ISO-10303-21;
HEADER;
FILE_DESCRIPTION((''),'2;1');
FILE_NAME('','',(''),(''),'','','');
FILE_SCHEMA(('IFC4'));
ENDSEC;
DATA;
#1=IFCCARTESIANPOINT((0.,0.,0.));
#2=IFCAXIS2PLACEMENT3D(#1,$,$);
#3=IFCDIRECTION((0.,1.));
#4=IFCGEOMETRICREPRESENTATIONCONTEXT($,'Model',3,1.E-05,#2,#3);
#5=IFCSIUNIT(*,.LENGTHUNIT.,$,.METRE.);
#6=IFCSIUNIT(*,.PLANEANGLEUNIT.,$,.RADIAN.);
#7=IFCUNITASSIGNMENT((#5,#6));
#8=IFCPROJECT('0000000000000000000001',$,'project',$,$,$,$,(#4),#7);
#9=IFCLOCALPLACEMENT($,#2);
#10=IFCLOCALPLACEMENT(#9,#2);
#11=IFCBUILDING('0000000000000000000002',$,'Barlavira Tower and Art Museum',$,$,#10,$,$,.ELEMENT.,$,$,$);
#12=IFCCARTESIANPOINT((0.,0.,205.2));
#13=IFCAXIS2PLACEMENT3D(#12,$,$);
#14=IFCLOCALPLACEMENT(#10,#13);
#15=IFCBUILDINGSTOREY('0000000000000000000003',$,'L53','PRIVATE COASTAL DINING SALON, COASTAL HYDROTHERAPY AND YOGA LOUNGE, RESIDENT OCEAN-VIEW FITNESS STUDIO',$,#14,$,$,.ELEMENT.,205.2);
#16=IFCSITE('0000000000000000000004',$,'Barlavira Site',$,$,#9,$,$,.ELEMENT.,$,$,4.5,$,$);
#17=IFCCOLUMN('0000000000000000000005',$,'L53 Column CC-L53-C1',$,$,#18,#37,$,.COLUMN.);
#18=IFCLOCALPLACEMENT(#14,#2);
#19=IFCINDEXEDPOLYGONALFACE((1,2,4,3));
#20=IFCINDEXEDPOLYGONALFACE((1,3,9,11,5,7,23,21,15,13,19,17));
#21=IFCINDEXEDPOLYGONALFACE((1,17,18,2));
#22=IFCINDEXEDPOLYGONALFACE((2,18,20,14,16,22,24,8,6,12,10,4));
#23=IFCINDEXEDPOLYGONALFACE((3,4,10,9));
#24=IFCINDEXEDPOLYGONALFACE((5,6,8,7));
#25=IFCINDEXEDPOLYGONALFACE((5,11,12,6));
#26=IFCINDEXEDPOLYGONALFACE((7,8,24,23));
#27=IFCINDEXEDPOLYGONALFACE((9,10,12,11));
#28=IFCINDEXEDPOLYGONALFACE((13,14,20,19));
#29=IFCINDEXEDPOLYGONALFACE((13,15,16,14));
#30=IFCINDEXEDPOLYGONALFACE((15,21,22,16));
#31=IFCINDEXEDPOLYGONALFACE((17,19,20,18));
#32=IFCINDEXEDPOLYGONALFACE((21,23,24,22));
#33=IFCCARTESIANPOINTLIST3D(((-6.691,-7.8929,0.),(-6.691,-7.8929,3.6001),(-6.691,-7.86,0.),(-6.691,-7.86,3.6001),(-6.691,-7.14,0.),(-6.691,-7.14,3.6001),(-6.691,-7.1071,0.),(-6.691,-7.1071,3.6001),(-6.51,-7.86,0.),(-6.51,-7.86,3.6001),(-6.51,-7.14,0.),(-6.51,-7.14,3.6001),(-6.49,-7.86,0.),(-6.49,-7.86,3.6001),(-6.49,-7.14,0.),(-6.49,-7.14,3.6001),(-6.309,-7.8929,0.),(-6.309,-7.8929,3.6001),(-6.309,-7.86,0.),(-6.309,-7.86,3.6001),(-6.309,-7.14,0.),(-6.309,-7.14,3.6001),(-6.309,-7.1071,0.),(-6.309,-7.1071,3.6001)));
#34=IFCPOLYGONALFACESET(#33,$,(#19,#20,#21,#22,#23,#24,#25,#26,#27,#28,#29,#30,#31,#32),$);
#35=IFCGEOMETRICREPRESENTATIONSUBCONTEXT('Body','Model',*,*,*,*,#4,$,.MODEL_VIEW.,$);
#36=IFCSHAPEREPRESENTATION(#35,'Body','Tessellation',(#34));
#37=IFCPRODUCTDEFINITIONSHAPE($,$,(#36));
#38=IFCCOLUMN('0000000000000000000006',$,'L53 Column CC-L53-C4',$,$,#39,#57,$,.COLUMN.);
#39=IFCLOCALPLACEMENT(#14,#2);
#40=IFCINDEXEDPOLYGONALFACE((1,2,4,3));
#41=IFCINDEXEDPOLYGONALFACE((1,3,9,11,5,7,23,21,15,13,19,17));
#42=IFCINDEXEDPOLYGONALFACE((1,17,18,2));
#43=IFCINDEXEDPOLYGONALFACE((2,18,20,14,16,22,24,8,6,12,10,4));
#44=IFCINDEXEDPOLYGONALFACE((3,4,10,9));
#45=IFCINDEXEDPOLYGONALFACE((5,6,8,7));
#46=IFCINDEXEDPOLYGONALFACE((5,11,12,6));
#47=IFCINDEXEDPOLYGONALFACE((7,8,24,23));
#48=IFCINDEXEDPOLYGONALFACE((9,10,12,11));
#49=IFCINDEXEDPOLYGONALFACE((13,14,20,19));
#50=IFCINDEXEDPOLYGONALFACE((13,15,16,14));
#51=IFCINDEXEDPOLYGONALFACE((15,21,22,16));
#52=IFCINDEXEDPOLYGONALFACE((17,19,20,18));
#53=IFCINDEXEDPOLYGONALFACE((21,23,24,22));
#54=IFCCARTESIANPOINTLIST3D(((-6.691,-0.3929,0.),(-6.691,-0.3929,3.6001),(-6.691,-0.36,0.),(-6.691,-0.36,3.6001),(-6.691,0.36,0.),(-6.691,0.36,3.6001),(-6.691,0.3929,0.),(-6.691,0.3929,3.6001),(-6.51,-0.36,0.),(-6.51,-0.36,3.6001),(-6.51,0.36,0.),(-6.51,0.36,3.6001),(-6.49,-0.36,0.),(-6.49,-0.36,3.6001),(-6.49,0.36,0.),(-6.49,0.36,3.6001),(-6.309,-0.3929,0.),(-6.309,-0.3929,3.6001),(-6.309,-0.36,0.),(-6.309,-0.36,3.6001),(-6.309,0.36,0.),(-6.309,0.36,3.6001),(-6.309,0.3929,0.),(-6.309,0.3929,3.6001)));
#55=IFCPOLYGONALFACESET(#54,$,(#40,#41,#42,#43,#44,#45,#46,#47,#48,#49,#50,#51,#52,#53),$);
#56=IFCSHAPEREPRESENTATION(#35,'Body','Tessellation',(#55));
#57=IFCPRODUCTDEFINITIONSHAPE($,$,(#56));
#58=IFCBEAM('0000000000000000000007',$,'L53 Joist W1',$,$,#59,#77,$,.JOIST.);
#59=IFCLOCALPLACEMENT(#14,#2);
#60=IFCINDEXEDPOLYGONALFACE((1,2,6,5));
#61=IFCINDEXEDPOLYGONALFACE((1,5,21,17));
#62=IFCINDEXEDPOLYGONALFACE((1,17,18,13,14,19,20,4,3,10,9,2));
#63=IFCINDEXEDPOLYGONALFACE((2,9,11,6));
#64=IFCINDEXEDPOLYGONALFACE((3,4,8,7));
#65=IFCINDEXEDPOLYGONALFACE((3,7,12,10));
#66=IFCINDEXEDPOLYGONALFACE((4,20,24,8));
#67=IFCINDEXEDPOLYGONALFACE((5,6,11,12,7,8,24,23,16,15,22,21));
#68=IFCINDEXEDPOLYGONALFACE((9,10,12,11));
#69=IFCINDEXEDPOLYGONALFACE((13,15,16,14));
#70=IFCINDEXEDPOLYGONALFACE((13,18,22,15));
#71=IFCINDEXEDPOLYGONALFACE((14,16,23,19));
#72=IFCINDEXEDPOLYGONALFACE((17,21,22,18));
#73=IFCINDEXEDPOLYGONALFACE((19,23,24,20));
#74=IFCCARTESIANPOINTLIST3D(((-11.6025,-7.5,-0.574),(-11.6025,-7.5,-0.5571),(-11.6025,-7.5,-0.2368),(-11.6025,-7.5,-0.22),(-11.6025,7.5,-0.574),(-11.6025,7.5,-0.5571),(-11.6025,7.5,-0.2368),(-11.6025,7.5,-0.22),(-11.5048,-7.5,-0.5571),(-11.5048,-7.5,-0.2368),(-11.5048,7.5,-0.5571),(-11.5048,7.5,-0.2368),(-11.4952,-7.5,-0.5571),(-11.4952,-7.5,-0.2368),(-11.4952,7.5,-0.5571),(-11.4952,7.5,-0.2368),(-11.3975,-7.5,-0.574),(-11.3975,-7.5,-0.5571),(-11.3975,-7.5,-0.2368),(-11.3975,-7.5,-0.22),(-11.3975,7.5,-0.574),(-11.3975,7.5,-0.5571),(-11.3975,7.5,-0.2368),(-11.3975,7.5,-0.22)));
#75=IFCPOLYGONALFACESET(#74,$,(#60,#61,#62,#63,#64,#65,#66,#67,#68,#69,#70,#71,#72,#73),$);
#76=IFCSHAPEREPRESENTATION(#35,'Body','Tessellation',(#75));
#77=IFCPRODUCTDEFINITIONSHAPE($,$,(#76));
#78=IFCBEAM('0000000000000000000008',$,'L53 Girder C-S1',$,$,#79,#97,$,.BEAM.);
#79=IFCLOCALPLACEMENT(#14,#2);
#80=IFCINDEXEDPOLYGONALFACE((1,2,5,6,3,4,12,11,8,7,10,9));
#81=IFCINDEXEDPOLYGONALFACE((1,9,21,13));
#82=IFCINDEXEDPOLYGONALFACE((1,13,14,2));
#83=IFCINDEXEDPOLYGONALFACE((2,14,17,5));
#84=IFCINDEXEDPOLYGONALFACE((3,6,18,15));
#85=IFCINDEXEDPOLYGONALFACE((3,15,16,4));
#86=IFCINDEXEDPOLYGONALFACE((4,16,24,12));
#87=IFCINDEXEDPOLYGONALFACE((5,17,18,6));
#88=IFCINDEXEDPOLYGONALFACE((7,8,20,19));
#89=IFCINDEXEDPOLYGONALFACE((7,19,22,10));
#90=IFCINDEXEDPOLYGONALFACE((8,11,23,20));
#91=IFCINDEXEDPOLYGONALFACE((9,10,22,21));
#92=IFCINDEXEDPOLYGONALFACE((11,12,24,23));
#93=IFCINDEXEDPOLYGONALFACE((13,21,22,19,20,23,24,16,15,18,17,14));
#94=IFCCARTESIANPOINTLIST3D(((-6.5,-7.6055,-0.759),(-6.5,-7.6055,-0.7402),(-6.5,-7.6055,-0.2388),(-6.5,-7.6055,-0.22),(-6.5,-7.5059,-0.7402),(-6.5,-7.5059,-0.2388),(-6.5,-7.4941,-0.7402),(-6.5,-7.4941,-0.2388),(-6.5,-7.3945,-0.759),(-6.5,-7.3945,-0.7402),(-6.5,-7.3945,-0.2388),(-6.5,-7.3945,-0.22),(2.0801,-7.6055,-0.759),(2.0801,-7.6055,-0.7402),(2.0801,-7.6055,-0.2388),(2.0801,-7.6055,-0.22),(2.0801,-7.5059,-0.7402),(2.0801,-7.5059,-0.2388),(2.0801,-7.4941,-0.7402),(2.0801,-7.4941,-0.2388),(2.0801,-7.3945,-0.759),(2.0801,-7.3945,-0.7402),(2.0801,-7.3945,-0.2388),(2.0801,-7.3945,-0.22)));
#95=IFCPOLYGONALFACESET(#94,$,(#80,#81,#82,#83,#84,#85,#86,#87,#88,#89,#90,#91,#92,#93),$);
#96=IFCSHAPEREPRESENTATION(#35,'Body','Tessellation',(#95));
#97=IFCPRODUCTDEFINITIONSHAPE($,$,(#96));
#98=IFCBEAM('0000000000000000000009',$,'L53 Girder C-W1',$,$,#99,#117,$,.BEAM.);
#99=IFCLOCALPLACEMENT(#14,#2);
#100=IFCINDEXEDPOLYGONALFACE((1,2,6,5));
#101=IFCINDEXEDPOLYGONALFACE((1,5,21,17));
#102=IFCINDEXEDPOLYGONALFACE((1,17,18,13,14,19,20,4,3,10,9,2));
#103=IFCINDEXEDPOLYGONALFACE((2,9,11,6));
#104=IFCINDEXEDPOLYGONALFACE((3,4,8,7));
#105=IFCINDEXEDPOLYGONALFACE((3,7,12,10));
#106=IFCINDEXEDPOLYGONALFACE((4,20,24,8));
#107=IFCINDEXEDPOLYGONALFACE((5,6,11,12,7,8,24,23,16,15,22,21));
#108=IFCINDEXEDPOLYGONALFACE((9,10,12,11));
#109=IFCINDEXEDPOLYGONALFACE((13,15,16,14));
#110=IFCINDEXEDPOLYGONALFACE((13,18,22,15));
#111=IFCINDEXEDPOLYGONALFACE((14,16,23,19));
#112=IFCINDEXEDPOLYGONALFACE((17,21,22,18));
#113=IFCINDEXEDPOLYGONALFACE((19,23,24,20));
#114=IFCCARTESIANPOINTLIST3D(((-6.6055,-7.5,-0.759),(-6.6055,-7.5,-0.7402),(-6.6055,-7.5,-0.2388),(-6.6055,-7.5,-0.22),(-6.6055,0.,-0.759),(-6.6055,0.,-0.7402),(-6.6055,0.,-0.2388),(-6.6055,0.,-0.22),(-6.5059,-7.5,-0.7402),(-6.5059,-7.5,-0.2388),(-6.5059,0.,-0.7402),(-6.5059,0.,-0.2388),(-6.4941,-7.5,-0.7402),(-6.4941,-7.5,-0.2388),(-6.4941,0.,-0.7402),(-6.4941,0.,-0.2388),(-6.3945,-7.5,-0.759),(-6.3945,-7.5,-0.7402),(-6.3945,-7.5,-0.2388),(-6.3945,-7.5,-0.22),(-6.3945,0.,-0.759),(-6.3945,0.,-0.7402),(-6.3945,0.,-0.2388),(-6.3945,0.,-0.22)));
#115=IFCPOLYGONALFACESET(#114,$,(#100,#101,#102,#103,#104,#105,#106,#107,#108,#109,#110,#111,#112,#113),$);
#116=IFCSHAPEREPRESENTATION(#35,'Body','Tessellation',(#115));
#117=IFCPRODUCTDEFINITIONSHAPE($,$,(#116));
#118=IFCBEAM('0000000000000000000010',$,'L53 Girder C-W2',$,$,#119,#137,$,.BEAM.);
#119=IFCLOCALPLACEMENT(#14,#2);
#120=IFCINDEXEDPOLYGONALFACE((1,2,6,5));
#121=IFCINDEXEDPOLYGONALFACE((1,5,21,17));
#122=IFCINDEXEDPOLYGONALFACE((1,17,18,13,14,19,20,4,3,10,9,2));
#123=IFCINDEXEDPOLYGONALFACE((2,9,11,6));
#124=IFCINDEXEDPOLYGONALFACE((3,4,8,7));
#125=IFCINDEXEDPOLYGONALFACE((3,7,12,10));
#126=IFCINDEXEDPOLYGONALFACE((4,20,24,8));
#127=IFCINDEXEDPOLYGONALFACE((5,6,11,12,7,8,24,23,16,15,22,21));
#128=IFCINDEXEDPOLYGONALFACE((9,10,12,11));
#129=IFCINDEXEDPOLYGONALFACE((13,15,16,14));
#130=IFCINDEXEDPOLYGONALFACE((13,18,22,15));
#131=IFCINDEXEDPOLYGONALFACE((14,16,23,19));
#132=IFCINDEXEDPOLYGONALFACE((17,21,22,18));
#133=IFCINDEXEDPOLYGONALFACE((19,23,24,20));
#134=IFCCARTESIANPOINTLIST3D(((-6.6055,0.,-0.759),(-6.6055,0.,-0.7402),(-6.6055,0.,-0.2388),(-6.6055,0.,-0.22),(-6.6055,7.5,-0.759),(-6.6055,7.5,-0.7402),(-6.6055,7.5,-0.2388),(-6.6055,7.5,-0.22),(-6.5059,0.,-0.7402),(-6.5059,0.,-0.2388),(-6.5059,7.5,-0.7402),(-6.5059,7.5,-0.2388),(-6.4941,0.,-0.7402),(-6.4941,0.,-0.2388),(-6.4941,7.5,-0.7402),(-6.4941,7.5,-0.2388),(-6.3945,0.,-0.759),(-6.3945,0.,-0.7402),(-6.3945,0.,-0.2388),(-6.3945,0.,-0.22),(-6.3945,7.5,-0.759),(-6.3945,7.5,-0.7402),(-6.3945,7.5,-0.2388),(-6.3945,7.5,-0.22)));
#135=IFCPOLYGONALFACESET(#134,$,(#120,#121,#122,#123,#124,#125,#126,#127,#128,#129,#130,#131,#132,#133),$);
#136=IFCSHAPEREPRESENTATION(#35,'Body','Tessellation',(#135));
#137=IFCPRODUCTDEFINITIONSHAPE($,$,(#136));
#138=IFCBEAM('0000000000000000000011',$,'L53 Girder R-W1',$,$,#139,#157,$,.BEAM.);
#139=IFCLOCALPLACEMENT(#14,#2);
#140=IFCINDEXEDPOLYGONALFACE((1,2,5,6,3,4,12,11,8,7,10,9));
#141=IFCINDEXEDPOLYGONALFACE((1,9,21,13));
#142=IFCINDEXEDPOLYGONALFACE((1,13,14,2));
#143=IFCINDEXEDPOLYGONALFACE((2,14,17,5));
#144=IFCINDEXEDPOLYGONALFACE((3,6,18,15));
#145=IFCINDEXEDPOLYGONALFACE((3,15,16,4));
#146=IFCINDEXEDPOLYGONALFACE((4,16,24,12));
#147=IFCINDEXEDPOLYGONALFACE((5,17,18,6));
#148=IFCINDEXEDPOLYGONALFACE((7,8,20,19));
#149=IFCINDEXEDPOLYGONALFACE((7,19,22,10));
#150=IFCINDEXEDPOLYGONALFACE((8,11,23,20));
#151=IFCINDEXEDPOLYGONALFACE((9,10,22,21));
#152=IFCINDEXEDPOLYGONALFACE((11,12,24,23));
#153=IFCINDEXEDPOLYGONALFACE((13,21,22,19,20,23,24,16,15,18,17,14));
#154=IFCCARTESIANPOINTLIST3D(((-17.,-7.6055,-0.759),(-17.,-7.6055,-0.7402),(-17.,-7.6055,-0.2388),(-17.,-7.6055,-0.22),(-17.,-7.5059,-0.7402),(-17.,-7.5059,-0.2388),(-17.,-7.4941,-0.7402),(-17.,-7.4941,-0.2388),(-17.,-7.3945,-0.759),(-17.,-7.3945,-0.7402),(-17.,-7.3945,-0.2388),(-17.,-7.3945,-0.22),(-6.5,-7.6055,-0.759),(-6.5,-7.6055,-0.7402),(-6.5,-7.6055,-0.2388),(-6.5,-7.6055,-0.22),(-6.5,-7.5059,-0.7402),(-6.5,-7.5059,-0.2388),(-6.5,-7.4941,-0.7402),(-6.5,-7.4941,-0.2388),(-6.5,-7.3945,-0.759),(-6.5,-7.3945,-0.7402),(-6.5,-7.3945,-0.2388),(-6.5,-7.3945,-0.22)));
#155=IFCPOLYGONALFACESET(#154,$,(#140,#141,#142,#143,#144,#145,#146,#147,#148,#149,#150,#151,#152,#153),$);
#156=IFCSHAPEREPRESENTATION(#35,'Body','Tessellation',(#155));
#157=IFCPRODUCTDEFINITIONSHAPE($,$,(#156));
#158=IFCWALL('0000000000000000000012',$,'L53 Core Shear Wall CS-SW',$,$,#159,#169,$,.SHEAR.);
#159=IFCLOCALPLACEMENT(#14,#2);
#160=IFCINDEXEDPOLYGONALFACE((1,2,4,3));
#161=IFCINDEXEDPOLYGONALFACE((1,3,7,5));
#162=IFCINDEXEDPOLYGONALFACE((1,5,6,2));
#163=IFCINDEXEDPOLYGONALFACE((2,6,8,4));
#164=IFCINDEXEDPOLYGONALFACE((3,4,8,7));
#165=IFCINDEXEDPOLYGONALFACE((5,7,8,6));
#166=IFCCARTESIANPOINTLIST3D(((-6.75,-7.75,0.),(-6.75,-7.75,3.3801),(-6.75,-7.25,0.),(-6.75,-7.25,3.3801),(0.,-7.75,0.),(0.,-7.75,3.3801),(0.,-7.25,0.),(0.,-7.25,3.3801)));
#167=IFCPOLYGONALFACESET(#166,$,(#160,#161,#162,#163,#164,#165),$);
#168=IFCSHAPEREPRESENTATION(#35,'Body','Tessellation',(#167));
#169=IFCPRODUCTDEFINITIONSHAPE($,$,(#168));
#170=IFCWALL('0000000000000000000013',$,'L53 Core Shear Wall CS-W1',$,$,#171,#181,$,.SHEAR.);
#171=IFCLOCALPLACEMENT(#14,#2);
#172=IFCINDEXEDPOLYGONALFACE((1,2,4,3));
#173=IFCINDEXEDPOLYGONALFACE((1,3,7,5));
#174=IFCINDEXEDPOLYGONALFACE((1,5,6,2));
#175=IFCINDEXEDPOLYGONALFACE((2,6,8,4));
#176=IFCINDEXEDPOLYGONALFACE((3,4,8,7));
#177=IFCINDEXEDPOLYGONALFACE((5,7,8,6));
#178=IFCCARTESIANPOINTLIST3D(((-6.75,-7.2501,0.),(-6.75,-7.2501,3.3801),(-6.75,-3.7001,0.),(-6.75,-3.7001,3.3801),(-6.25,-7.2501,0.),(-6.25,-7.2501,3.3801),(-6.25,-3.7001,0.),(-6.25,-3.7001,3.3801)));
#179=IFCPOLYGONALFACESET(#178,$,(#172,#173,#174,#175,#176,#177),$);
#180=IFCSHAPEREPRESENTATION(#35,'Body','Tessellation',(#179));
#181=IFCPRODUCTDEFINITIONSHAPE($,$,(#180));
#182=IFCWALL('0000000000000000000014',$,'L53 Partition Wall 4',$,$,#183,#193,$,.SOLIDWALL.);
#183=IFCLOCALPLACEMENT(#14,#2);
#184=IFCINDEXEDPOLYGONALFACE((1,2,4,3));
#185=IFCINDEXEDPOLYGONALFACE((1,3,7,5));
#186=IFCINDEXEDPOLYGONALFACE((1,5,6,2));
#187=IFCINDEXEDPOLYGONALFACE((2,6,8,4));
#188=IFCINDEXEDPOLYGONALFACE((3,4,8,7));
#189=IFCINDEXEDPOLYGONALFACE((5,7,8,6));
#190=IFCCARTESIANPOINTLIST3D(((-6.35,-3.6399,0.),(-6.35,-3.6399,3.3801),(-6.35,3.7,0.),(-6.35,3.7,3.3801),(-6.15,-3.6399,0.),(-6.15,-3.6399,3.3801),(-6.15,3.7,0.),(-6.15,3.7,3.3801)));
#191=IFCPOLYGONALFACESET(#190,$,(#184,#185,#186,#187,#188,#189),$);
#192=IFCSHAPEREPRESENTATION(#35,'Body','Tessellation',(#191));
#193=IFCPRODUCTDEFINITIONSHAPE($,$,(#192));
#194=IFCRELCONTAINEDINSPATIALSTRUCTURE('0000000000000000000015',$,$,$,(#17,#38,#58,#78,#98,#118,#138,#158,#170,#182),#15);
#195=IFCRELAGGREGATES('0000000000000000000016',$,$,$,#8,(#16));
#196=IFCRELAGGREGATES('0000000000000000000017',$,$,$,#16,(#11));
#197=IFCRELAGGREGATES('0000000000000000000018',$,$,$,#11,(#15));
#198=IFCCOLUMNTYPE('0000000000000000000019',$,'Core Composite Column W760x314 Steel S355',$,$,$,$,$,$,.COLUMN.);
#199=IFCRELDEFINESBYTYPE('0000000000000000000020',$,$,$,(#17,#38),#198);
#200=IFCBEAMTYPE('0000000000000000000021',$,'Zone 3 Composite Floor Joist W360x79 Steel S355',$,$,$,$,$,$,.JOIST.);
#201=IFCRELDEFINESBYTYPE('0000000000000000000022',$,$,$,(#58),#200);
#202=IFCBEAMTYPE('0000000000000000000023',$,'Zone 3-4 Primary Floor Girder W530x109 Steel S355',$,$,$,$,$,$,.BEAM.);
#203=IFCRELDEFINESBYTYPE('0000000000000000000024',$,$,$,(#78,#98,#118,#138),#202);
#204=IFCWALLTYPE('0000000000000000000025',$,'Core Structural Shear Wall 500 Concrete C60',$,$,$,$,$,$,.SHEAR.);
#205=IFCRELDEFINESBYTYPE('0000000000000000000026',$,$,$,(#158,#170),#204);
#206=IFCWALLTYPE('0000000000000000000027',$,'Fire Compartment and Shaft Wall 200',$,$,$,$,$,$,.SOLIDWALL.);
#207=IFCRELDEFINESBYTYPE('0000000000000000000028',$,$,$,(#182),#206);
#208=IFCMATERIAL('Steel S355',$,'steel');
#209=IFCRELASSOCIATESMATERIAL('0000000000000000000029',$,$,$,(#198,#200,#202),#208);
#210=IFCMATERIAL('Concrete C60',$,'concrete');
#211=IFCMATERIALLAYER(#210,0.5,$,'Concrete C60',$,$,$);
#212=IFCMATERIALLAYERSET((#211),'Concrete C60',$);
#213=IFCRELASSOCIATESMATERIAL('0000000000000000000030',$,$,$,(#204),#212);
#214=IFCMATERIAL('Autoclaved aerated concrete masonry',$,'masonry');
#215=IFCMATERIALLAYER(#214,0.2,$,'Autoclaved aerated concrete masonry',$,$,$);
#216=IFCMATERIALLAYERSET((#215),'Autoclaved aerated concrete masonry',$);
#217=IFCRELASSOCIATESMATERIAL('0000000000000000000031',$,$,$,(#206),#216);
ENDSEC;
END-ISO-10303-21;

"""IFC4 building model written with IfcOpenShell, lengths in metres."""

from ifc_helpers import new_model, si_unit, direction, frame, frame_2d, origin, origin_2d, place, context, subcontext, project, spatial, rectangle, i_section, extrude, material, layer, layer_set, material_profile, profile_set, type_object, element, save


model = new_model("IFC4")

# Units and contexts
model_context = context("Model", 3, precision=1e-05, world=origin(), true_north=direction((0.0, 1.0)))
body_context = subcontext(model_context, "Body", "Model", "MODEL_VIEW")
ifc_project = project(units=[si_unit("LENGTHUNIT", "METRE"), si_unit("PLANEANGLEUNIT", "RADIAN")], contexts=[model_context])

# Site, building, storey
site_placement = place(None, origin())
site = spatial("IfcSite", under=ifc_project, at=site_placement, Name="Barlavira Site", CompositionType="ELEMENT", RefElevation=4.5)
building_placement = place(site_placement, origin())
building = spatial("IfcBuilding", under=site, at=building_placement, Name="Barlavira Tower and Art Museum", CompositionType="ELEMENT")
storey_placement = place(building_placement, frame((0.0, 0.0, 205.2)))
storey = spatial("IfcBuildingStorey", under=building, at=storey_placement, Name="L53", Description="PRIVATE COASTAL DINING SALON, COASTAL HYDROTHERAPY AND YOGA LOUNGE, RESIDENT OCEAN-VIEW FITNESS STUDIO", CompositionType="ELEMENT", Elevation=205.2)

# Columns
ifc_material_1 = material(Name="Steel S355", Category="steel")
ifc_material_profile_1 = material_profile(ifc_material_1, i_section(OverallWidth=0.3821, OverallDepth=0.7859, WebThickness=0.02, FlangeThickness=0.033, at=origin_2d()), Name="W760x314.0")
ifc_profile_set_1 = profile_set([ifc_material_profile_1], Name="Steel S355")
column_type = type_object("IfcColumnType", Name="Core Composite Column W760x314 Steel S355", PredefinedType="COLUMN", material=ifc_profile_set_1)
for number, where, z_axis, x_axis, name in (
    (1, (-6.5, -7.5, 0.0), (0.0, 0.0, 1.0), (1.0, 0.0, 0.0), "L53 Column CC-L53-C1"),
    (2, (-6.5, 0.0, 0.0), (0.0, 0.0, 1.0), (1.0, 0.0, 0.0), "L53 Column CC-L53-C4"),
):
    element("IfcColumn", number, at=place(storey_placement, frame(where, z_axis=z_axis, x_axis=x_axis)), inside=storey, type_object=column_type, Name=name, PredefinedType="COLUMN", context=body_context, shape_type="SweptSolid", body=[
        extrude(i_section(OverallWidth=0.3821, OverallDepth=0.7859, WebThickness=0.02, FlangeThickness=0.033, at=origin_2d()), origin(), (0.0, 0.0, 1.0), 3.6001),
    ])

# Beams
ifc_material_profile_2 = material_profile(ifc_material_1, i_section(OverallWidth=0.2051, OverallDepth=0.354, WebThickness=0.0095, FlangeThickness=0.0168, at=origin_2d()), Name="W360x79.0")
ifc_profile_set_2 = profile_set([ifc_material_profile_2], Name="Steel S355")
beam_type_1 = type_object("IfcBeamType", Name="Zone 3 Composite Floor Joist W360x79 Steel S355", PredefinedType="JOIST", material=ifc_profile_set_2)
beam_1_placement = place(storey_placement, frame((-11.5, -7.5, -0.397), z_axis=(0.0, 1.0, 0.0), x_axis=(-1.0, 0.0, 0.0)))
element("IfcBeam", 3, at=beam_1_placement, inside=storey, type_object=beam_type_1, Name="L53 Joist W1", PredefinedType="JOIST", context=body_context, shape_type="SweptSolid", body=[
    extrude(i_section(OverallWidth=0.2051, OverallDepth=0.354, WebThickness=0.0095, FlangeThickness=0.0168, at=origin_2d()), origin(), (0.0, 0.0, 1.0), 15.0),
])
ifc_material_profile_3 = material_profile(ifc_material_1, i_section(OverallWidth=0.2109, OverallDepth=0.5391, WebThickness=0.0117, FlangeThickness=0.0188, at=origin_2d()), Name="W530x109.0")
ifc_profile_set_3 = profile_set([ifc_material_profile_3], Name="Steel S355")
beam_type_2 = type_object("IfcBeamType", Name="Zone 3-4 Primary Floor Girder W530x109 Steel S355", PredefinedType="BEAM", material=ifc_profile_set_3)
beam_2_placement = place(storey_placement, frame((-6.5, -7.5, -0.4895), z_axis=(1.0, 0.0, 0.0), x_axis=(0.0, 1.0, 0.0)))
element("IfcBeam", 4, at=beam_2_placement, inside=storey, type_object=beam_type_2, Name="L53 Girder C-S1", PredefinedType="BEAM", context=body_context, shape_type="SweptSolid", body=[
    extrude(i_section(OverallWidth=0.2109, OverallDepth=0.5391, WebThickness=0.0117, FlangeThickness=0.0188, at=origin_2d()), origin(), (0.0, 0.0, 1.0), 8.5801),
])
for number, where, z_axis, x_axis, name in (
    (5, (-6.5, -7.5, -0.4895), (0.0, 1.0, 0.0), (-1.0, 0.0, 0.0), "L53 Girder C-W1"),
    (6, (-6.5, 0.0, -0.4895), (0.0, 1.0, 0.0), (-1.0, 0.0, 0.0), "L53 Girder C-W2"),
):
    element("IfcBeam", number, at=place(storey_placement, frame(where, z_axis=z_axis, x_axis=x_axis)), inside=storey, type_object=beam_type_2, Name=name, PredefinedType="BEAM", context=body_context, shape_type="SweptSolid", body=[
        extrude(i_section(OverallWidth=0.2109, OverallDepth=0.5391, WebThickness=0.0117, FlangeThickness=0.0188, at=origin_2d()), origin(), (0.0, 0.0, 1.0), 7.5),
    ])
beam_3_placement = place(storey_placement, frame((-17.0, -7.5, -0.4895), z_axis=(1.0, 0.0, 0.0), x_axis=(0.0, 1.0, 0.0)))
element("IfcBeam", 7, at=beam_3_placement, inside=storey, type_object=beam_type_2, Name="L53 Girder R-W1", PredefinedType="BEAM", context=body_context, shape_type="SweptSolid", body=[
    extrude(i_section(OverallWidth=0.2109, OverallDepth=0.5391, WebThickness=0.0117, FlangeThickness=0.0188, at=origin_2d()), origin(), (0.0, 0.0, 1.0), 10.5),
])

# Walls
ifc_material_2 = material(Name="Concrete C60", Category="concrete")
ifc_layer_1 = layer(ifc_material_2, 0.5, Name="Concrete C60")
ifc_layer_set_1 = layer_set([ifc_layer_1], Name="Concrete C60")
wall_type_1 = type_object("IfcWallType", Name="Core Structural Shear Wall 500 Concrete C60", PredefinedType="SHEAR", material=ifc_layer_set_1)
wall_1_placement = place(storey_placement, frame((-6.75, -7.5, 0.0), z_axis=(0.0, 0.0, 1.0), x_axis=(1.0, 0.0, 0.0)))
element("IfcWall", 8, at=wall_1_placement, inside=storey, type_object=wall_type_1, Name="L53 Core Shear Wall CS-SW", PredefinedType="SHEAR", context=body_context, shape_type="SweptSolid", body=[
    extrude(rectangle(XDim=6.75, YDim=0.5, at=frame_2d((3.375, 0.0))), origin(), (0.0, 0.0, 1.0), 3.3801),
])
wall_2_placement = place(storey_placement, frame((-6.5, -7.25, 0.0), z_axis=(0.0, 0.0, 1.0), x_axis=(0.0, 1.0, 0.0)))
element("IfcWall", 9, at=wall_2_placement, inside=storey, type_object=wall_type_1, Name="L53 Core Shear Wall CS-W1", PredefinedType="SHEAR", context=body_context, shape_type="SweptSolid", body=[
    extrude(rectangle(XDim=3.55, YDim=0.5, at=frame_2d((1.7749, 0.0))), origin(), (0.0, 0.0, 1.0), 3.3801),
])
ifc_material_3 = material(Name="Autoclaved aerated concrete masonry", Category="masonry")
ifc_layer_2 = layer(ifc_material_3, 0.2, Name="Autoclaved aerated concrete masonry")
ifc_layer_set_2 = layer_set([ifc_layer_2], Name="Autoclaved aerated concrete masonry")
wall_type_2 = type_object("IfcWallType", Name="Fire Compartment and Shaft Wall 200", PredefinedType="SOLIDWALL", material=ifc_layer_set_2)
wall_3_placement = place(storey_placement, frame((-6.25, -3.6399, 0.0), z_axis=(0.0, 0.0, 1.0), x_axis=(0.0, 1.0, 0.0)))
element("IfcWall", 10, at=wall_3_placement, inside=storey, type_object=wall_type_2, Name="L53 Partition Wall 4", PredefinedType="SOLIDWALL", context=body_context, shape_type="SweptSolid", body=[
    extrude(rectangle(XDim=7.3398, YDim=0.2, at=frame_2d((3.6699, 0.0))), origin(), (0.0, 0.0, 1.0), 3.3801),
])

save(model, "model.ifc")
